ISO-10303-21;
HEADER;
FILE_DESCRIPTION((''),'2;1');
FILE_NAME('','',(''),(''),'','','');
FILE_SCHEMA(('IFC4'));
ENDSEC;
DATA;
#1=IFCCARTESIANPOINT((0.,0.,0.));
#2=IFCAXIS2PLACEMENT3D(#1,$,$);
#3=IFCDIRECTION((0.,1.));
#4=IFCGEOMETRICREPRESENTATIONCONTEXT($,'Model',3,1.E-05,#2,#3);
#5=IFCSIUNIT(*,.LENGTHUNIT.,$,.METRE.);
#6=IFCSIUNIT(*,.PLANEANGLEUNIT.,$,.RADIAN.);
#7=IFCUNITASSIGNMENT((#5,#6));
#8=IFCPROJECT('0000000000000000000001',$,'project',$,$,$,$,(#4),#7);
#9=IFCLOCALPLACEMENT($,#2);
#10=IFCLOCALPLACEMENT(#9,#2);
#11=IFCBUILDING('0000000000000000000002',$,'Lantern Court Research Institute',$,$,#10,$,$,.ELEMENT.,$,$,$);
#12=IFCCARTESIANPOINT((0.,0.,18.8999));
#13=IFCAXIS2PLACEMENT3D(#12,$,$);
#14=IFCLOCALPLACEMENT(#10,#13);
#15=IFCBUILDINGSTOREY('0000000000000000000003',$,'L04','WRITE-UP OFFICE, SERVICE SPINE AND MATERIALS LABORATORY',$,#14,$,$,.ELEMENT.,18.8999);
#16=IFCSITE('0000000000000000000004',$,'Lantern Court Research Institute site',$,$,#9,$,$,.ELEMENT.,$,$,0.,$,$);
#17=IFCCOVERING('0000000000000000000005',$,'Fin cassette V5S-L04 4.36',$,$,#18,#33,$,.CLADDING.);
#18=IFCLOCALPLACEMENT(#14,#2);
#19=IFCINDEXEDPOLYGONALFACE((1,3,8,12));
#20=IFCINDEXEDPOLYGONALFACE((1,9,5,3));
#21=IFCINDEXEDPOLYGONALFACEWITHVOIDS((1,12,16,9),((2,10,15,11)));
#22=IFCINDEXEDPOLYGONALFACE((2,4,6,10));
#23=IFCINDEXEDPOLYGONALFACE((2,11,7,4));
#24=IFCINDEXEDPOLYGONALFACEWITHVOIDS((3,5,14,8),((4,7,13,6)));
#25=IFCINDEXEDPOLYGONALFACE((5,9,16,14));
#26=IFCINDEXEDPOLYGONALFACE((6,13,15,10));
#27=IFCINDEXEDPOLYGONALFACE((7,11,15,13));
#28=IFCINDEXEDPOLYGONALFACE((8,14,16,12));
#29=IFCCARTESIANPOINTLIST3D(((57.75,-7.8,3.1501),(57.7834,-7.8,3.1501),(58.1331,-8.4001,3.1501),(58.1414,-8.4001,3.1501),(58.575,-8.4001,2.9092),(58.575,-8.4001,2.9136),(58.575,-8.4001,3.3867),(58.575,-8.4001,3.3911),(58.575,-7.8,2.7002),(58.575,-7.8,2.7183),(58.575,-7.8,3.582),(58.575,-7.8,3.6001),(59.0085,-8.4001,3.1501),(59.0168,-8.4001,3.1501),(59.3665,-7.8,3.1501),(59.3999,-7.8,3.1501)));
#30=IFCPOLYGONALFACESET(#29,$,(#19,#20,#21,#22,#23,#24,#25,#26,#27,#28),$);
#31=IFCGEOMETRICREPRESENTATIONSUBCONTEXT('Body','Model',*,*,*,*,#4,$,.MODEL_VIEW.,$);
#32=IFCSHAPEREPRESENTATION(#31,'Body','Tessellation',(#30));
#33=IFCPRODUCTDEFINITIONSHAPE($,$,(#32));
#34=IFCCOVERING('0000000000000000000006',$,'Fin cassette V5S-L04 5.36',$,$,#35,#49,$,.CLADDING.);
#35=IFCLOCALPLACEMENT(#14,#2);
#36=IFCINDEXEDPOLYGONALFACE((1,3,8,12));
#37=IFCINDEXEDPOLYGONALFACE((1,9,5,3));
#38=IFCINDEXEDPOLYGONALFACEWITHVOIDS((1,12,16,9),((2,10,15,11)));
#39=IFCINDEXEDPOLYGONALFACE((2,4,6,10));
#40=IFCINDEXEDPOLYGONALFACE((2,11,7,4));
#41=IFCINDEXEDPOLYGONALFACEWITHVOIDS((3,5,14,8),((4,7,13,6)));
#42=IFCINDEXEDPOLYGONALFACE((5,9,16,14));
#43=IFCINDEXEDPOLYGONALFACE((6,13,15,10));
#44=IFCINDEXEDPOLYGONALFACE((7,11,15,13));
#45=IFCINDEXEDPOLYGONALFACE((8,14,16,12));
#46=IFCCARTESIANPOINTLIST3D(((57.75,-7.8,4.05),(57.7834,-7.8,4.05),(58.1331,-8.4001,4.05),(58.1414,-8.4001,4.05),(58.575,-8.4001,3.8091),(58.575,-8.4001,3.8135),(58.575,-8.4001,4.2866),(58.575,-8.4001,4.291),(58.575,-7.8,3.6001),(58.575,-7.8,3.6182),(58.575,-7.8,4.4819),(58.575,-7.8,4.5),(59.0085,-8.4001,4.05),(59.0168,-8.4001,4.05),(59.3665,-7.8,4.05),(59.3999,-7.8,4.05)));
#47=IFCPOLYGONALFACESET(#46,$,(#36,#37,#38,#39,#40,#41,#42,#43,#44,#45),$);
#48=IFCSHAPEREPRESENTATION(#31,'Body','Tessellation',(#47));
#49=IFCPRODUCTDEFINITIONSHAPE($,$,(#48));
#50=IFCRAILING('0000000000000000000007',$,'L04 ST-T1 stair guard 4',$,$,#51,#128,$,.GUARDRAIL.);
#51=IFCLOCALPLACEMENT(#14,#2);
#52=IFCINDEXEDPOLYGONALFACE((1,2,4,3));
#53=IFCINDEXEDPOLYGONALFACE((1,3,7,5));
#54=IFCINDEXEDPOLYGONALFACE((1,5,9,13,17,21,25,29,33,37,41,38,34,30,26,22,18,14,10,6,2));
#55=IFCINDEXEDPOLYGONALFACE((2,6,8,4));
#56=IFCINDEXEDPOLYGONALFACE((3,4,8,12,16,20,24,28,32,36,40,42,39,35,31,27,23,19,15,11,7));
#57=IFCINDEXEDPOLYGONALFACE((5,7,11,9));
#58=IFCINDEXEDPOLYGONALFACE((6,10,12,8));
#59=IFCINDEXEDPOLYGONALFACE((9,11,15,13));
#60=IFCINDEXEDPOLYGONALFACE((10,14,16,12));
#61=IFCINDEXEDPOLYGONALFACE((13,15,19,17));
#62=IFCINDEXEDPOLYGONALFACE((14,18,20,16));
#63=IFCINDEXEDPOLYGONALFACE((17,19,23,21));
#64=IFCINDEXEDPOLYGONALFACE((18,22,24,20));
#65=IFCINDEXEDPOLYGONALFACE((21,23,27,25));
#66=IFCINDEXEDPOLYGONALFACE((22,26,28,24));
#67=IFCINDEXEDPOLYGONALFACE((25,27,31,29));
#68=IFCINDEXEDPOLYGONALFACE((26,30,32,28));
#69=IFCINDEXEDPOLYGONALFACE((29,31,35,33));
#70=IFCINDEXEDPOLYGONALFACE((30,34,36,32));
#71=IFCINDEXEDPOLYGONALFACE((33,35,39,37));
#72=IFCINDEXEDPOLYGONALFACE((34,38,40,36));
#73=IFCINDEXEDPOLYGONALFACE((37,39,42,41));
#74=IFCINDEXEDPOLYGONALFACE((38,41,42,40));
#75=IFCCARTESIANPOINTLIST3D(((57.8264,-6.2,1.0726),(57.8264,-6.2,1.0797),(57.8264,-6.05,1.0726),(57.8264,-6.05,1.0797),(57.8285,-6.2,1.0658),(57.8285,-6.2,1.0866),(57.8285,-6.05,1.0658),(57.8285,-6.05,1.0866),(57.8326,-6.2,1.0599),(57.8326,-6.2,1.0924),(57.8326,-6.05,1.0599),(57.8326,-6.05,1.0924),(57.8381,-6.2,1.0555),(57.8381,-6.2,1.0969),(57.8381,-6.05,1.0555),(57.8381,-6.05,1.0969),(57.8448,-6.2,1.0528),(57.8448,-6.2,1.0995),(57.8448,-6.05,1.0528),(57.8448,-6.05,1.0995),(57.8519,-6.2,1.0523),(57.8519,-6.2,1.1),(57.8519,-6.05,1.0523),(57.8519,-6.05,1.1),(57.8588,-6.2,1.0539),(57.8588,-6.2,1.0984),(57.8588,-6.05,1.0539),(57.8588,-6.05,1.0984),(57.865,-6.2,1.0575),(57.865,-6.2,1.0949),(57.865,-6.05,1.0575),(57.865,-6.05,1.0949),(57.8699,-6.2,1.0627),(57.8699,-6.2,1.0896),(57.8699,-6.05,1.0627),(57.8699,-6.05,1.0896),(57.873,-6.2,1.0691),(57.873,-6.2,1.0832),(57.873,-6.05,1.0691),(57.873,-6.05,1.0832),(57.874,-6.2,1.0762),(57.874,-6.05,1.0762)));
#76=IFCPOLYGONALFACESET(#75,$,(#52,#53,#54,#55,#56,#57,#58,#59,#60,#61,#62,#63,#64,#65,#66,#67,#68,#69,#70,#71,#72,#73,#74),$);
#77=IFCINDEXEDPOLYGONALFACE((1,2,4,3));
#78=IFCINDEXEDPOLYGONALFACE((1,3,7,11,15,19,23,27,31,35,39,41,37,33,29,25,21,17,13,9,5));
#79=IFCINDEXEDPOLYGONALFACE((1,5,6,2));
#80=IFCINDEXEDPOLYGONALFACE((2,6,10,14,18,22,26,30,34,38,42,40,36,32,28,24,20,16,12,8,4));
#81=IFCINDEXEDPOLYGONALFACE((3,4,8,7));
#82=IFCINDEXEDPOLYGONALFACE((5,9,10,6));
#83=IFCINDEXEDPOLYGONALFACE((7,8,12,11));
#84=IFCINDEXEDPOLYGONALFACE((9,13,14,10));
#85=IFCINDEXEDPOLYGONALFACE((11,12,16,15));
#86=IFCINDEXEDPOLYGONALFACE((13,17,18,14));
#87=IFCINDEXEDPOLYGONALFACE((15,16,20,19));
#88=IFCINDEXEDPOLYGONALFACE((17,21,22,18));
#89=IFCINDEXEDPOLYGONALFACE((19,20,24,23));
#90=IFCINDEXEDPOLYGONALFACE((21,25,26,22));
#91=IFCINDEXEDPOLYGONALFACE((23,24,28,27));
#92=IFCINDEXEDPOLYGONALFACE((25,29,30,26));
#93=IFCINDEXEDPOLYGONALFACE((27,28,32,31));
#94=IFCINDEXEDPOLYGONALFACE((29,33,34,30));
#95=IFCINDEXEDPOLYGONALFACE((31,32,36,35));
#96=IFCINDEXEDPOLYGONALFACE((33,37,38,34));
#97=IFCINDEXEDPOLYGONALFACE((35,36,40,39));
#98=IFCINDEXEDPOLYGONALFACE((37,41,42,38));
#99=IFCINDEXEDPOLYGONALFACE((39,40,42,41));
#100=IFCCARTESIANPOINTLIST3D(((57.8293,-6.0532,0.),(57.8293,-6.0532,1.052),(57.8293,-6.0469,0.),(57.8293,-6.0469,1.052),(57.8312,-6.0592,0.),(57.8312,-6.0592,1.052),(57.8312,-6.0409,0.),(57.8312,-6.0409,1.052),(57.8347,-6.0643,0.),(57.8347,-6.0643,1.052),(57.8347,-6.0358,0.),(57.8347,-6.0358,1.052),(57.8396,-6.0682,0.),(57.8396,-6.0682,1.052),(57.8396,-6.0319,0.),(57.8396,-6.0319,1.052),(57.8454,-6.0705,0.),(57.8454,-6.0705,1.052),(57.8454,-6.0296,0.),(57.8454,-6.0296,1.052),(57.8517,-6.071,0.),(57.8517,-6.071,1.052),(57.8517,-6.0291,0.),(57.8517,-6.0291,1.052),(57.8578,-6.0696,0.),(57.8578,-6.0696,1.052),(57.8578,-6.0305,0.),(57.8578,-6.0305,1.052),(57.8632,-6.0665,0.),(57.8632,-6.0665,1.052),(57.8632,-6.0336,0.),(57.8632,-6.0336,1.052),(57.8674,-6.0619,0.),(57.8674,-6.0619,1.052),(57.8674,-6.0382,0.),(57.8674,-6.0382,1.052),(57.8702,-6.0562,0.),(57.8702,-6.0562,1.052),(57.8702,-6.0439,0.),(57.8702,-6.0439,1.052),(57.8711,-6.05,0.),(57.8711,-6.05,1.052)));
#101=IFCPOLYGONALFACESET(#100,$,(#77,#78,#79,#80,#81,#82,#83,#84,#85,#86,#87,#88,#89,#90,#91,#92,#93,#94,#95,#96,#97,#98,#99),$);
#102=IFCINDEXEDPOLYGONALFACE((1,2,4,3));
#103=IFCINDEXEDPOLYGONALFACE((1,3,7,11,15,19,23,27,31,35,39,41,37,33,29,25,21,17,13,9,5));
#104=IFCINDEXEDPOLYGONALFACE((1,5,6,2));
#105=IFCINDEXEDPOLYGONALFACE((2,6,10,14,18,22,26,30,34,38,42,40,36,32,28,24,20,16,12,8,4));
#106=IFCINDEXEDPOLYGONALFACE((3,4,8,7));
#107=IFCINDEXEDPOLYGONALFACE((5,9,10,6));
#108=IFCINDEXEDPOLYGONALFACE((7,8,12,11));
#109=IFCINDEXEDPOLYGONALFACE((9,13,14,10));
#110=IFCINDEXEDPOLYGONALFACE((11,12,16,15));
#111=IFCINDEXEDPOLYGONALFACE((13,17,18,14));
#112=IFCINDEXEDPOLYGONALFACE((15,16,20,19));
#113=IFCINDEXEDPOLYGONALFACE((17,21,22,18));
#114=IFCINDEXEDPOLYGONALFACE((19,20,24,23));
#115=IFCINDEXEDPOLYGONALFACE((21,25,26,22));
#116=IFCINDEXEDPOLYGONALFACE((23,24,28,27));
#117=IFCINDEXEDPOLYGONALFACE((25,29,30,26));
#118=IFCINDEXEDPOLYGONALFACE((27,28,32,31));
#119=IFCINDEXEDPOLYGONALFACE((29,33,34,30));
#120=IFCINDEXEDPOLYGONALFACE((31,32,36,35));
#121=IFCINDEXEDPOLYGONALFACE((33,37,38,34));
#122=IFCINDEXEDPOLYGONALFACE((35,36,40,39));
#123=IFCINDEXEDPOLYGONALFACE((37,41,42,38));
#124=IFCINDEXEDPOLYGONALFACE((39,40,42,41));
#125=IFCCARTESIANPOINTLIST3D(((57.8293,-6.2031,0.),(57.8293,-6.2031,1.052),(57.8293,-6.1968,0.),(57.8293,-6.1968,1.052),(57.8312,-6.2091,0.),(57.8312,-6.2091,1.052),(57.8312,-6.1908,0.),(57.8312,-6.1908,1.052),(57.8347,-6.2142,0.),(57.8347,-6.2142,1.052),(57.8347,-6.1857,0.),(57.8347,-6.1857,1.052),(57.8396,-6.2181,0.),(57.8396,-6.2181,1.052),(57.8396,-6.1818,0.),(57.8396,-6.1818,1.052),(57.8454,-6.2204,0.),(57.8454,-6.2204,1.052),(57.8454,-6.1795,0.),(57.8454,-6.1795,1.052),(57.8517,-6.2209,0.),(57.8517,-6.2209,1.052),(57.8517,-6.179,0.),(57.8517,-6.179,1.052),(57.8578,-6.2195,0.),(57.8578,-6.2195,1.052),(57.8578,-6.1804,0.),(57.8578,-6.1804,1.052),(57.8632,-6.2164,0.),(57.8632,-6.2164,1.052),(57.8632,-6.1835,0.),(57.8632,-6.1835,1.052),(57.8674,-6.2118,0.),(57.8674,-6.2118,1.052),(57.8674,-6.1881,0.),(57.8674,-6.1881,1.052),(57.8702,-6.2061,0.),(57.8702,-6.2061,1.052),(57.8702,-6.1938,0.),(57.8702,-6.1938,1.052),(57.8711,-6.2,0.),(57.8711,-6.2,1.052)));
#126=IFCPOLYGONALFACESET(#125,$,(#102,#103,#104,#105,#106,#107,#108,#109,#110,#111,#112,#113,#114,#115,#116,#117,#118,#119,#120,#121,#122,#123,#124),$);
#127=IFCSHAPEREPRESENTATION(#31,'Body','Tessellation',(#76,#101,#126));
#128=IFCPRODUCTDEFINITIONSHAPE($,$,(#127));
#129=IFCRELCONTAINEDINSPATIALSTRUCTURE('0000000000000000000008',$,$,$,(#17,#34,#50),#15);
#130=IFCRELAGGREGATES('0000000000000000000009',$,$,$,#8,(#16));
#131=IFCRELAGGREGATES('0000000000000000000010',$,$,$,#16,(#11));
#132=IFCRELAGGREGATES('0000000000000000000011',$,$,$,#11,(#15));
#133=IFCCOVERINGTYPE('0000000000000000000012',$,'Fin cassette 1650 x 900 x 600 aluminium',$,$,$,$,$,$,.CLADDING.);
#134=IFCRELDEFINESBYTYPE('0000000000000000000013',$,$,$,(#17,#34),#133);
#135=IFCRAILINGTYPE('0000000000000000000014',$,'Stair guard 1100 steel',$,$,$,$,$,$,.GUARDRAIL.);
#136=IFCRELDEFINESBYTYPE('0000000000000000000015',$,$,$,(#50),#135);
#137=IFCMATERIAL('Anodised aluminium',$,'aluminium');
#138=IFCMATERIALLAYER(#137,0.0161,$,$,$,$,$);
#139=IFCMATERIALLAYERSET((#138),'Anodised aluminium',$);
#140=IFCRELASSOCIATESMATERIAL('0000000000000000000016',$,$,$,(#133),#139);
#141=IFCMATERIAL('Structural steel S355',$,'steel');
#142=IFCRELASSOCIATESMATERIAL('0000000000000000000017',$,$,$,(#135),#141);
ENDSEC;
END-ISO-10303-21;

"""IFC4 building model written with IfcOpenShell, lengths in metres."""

from ifc_helpers import new_model, entity, si_unit, direction, frame, origin, origin_2d, place, context, subcontext, project, spatial, circle, extrude, material, layer, layer_set, type_object, element, save


model = new_model("IFC4")

# Units and contexts
model_context = context("Model", 3, precision=1e-05, world=origin(), true_north=direction((0.0, 1.0)))
body_context = subcontext(model_context, "Body", "Model", "MODEL_VIEW")
ifc_project = project(units=[si_unit("LENGTHUNIT", "METRE"), si_unit("PLANEANGLEUNIT", "RADIAN")], contexts=[model_context])

# Site, building, storey
site_placement = place(None, origin())
site = spatial("IfcSite", under=ifc_project, at=site_placement, Name="Lantern Court Research Institute site", CompositionType="ELEMENT", RefElevation=0.0)
building_placement = place(site_placement, origin())
building = spatial("IfcBuilding", under=site, at=building_placement, Name="Lantern Court Research Institute", CompositionType="ELEMENT")
storey_placement = place(building_placement, frame((0.0, 0.0, 18.8999)))
storey = spatial("IfcBuildingStorey", under=building, at=storey_placement, Name="L04", Description="WRITE-UP OFFICE, SERVICE SPINE AND MATERIALS LABORATORY", CompositionType="ELEMENT", Elevation=18.8999)

# Coverings
ifc_material_1 = material(Name="Anodised aluminium", Category="aluminium")
ifc_layer_1 = layer(ifc_material_1, 0.0161)
ifc_layer_set_1 = layer_set([ifc_layer_1], Name="Anodised aluminium")
covering_type = type_object("IfcCoveringType", Name="Fin cassette 1650 x 900 x 600 aluminium", PredefinedType="CLADDING", material=ifc_layer_set_1)
covering_1_placement = place(storey_placement, frame((58.575, -7.8, 3.1501), z_axis=(0.0, -1.0, 0.0), x_axis=(1.0, 0.0, 0.0)))
cartesian_point_1 = entity("IfcCartesianPoint", [0.825, 0.0])
cartesian_point_2 = entity("IfcCartesianPoint", [0.7915, 0.0])
cartesian_point_3 = entity("IfcCartesianPoint", [0.4419, 0.0])
cartesian_point_4 = entity("IfcCartesianPoint", [0.4336, 0.0])
element("IfcCovering", 1, at=covering_1_placement, inside=storey, type_object=covering_type, Name="Fin cassette V5S-L04 4.36", PredefinedType="CLADDING", context=body_context, shape_type="SweptSolid", body=[
    entity("IfcExtrudedAreaSolidTapered", entity("IfcArbitraryProfileDefWithVoids", "AREA", None, entity("IfcPolyline", [cartesian_point_1, entity("IfcCartesianPoint", [0.0, 0.45]), entity("IfcCartesianPoint", [-0.825, 0.0]), entity("IfcCartesianPoint", [0.0, -0.45]), cartesian_point_1]), [entity("IfcPolyline", [cartesian_point_2, entity("IfcCartesianPoint", [0.0, 0.4319]), entity("IfcCartesianPoint", [-0.7915, 0.0]), entity("IfcCartesianPoint", [0.0, -0.4319]), cartesian_point_2])]), entity("IfcAxis2Placement3D", entity("IfcCartesianPoint", [0.0, 0.0, 0.0])), entity("IfcDirection", [0.0, 0.0, 1.0]), 0.6001, entity("IfcArbitraryProfileDefWithVoids", "AREA", None, entity("IfcPolyline", [cartesian_point_3, entity("IfcCartesianPoint", [0.0, 0.241]), entity("IfcCartesianPoint", [-0.4419, 0.0]), entity("IfcCartesianPoint", [0.0, -0.241]), cartesian_point_3]), [entity("IfcPolyline", [cartesian_point_4, entity("IfcCartesianPoint", [0.0, 0.2366]), entity("IfcCartesianPoint", [-0.4336, 0.0]), entity("IfcCartesianPoint", [0.0, -0.2366]), cartesian_point_4])])),
])
covering_2_placement = place(storey_placement, frame((58.575, -7.8, 4.05), z_axis=(0.0, -1.0, 0.0), x_axis=(1.0, 0.0, 0.0)))
cartesian_point_5 = entity("IfcCartesianPoint", [0.825, 0.0])
cartesian_point_6 = entity("IfcCartesianPoint", [0.7915, 0.0])
cartesian_point_7 = entity("IfcCartesianPoint", [0.4419, 0.0])
cartesian_point_8 = entity("IfcCartesianPoint", [0.4336, 0.0])
element("IfcCovering", 2, at=covering_2_placement, inside=storey, type_object=covering_type, Name="Fin cassette V5S-L04 5.36", PredefinedType="CLADDING", context=body_context, shape_type="SweptSolid", body=[
    entity("IfcExtrudedAreaSolidTapered", entity("IfcArbitraryProfileDefWithVoids", "AREA", None, entity("IfcPolyline", [cartesian_point_5, entity("IfcCartesianPoint", [0.0, 0.45]), entity("IfcCartesianPoint", [-0.825, 0.0]), entity("IfcCartesianPoint", [0.0, -0.45]), cartesian_point_5]), [entity("IfcPolyline", [cartesian_point_6, entity("IfcCartesianPoint", [0.0, 0.4319]), entity("IfcCartesianPoint", [-0.7915, 0.0]), entity("IfcCartesianPoint", [0.0, -0.4319]), cartesian_point_6])]), entity("IfcAxis2Placement3D", entity("IfcCartesianPoint", [0.0, 0.0, 0.0])), entity("IfcDirection", [0.0, 0.0, 1.0]), 0.6001, entity("IfcArbitraryProfileDefWithVoids", "AREA", None, entity("IfcPolyline", [cartesian_point_7, entity("IfcCartesianPoint", [0.0, 0.241]), entity("IfcCartesianPoint", [-0.4419, 0.0]), entity("IfcCartesianPoint", [0.0, -0.241]), cartesian_point_7]), [entity("IfcPolyline", [cartesian_point_8, entity("IfcCartesianPoint", [0.0, 0.2366]), entity("IfcCartesianPoint", [-0.4336, 0.0]), entity("IfcCartesianPoint", [0.0, -0.2366]), cartesian_point_8])])),
])

# Railing
ifc_material_2 = material(Name="Structural steel S355", Category="steel")
railing_type = type_object("IfcRailingType", Name="Stair guard 1100 steel", PredefinedType="GUARDRAIL", material=ifc_material_2)
railing_placement = place(storey_placement, frame((57.8501, -6.05, 0.0)))
element("IfcRailing", 3, at=railing_placement, inside=storey, type_object=railing_type, Name="L04 ST-T1 stair guard 4", PredefinedType="GUARDRAIL", context=body_context, shape_type="SweptSolid", body=[
    extrude(circle(Radius=0.0239, at=origin_2d()), frame((0.0, 0.0, 1.0762), z_axis=(0.0, -1.0, 0.0), x_axis=(1.0, 0.0, 0.0)), (0.0, 0.0, 1.0), 0.1499),
    extrude(circle(Radius=0.021, at=origin_2d()), origin(), (0.0, 0.0, 1.0), 1.052),
    extrude(circle(Radius=0.021, at=origin_2d()), frame((0.0, -0.1499, 0.0)), (0.0, 0.0, 1.0), 1.052),
])

save(model, "model.ifc")
